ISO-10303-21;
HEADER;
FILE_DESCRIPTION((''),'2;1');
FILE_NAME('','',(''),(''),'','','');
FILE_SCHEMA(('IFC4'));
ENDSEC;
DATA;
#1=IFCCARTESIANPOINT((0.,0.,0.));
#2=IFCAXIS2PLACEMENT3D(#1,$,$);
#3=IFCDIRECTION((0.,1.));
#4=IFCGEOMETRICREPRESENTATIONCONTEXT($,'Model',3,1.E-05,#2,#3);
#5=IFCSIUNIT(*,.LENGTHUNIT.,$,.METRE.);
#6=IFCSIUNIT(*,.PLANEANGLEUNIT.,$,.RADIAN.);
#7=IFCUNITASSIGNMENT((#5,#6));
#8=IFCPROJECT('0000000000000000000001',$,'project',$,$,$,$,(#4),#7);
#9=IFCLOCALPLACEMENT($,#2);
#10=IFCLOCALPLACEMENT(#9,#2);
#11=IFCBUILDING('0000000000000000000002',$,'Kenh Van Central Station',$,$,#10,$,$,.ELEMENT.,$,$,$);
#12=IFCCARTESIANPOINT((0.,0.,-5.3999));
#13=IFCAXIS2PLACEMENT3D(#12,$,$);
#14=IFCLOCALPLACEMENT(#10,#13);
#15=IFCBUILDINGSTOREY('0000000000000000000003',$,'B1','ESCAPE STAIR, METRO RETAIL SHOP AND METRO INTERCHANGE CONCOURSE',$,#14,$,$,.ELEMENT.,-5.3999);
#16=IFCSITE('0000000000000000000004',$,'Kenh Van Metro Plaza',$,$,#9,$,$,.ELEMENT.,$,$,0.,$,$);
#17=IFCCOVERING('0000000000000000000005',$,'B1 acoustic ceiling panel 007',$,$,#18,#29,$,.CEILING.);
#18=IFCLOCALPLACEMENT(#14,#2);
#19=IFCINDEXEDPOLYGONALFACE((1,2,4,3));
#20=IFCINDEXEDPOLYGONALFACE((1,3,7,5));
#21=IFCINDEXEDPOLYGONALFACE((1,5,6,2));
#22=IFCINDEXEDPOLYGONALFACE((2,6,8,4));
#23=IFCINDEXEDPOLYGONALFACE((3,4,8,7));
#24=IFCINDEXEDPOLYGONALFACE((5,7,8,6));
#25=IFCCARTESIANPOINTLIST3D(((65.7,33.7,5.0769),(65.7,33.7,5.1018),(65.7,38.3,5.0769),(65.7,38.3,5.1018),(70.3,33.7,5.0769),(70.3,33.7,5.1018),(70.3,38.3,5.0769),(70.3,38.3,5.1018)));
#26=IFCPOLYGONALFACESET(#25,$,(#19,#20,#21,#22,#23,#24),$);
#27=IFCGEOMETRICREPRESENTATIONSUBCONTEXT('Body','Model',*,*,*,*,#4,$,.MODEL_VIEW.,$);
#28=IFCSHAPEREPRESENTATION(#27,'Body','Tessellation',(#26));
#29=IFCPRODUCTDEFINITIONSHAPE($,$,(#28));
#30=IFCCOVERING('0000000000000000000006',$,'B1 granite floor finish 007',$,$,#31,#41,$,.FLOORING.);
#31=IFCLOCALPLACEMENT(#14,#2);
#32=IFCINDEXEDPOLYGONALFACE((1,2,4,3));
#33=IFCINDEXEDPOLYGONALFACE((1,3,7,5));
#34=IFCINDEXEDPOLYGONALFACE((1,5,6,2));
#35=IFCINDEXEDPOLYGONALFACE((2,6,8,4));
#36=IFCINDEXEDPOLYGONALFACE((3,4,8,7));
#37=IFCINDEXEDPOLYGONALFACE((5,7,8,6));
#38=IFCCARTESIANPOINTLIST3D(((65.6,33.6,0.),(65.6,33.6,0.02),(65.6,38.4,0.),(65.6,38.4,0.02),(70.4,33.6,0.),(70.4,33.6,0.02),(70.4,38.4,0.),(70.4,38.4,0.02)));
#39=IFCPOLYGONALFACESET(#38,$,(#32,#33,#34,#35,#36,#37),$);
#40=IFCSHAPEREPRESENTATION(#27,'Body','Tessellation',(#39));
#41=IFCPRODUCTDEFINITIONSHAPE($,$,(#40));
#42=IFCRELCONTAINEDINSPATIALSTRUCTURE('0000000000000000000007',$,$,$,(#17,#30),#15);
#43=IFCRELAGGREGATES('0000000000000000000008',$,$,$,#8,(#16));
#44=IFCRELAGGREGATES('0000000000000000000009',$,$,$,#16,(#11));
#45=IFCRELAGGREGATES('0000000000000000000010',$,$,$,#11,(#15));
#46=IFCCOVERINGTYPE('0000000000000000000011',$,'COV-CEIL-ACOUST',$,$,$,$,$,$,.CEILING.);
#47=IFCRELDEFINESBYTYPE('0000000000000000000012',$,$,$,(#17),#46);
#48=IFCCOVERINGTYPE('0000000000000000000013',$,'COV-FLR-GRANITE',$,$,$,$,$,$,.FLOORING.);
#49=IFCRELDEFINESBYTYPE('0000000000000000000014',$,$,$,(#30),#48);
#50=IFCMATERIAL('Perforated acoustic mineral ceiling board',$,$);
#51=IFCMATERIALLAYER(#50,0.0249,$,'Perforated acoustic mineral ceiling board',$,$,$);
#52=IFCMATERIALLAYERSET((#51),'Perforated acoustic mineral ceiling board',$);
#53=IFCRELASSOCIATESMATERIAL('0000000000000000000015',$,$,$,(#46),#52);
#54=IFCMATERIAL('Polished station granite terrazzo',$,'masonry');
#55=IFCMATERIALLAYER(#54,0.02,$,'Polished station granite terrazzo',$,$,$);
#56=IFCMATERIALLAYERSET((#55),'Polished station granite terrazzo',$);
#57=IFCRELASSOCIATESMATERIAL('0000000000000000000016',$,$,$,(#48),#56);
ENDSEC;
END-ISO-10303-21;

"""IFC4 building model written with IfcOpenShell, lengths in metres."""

from ifc_helpers import new_model, si_unit, direction, frame, origin, origin_2d, place, context, subcontext, project, spatial, rectangle, extrude, material, layer, layer_set, type_object, element, save


model = new_model("IFC4")

# Units and contexts
model_context = context("Model", 3, precision=1e-05, world=origin(), true_north=direction((0.0, 1.0)))
body_context = subcontext(model_context, "Body", "Model", "MODEL_VIEW")
ifc_project = project(units=[si_unit("LENGTHUNIT", "METRE"), si_unit("PLANEANGLEUNIT", "RADIAN")], contexts=[model_context])

# Site, building, storey
site_placement = place(None, origin())
site = spatial("IfcSite", under=ifc_project, at=site_placement, Name="Kenh Van Metro Plaza", CompositionType="ELEMENT", RefElevation=0.0)
building_placement = place(site_placement, origin())
building = spatial("IfcBuilding", under=site, at=building_placement, Name="Kenh Van Central Station", CompositionType="ELEMENT")
storey_placement = place(building_placement, frame((0.0, 0.0, -5.3999)))
storey = spatial("IfcBuildingStorey", under=building, at=storey_placement, Name="B1", Description="ESCAPE STAIR, METRO RETAIL SHOP AND METRO INTERCHANGE CONCOURSE", CompositionType="ELEMENT", Elevation=-5.3999)

# Coverings
ifc_material_1 = material(Name="Perforated acoustic mineral ceiling board")
ifc_layer_1 = layer(ifc_material_1, 0.0249, Name="Perforated acoustic mineral ceiling board")
ifc_layer_set_1 = layer_set([ifc_layer_1], Name="Perforated acoustic mineral ceiling board")
covering_type_1 = type_object("IfcCoveringType", Name="COV-CEIL-ACOUST", PredefinedType="CEILING", material=ifc_layer_set_1)
covering_1_placement = place(storey_placement, frame((68.0, 36.0, 5.0769), z_axis=(0.0, 0.0, 1.0), x_axis=(1.0, 0.0, 0.0)))
element("IfcCovering", 1, at=covering_1_placement, inside=storey, type_object=covering_type_1, Name="B1 acoustic ceiling panel 007", PredefinedType="CEILING", context=body_context, shape_type="SweptSolid", body=[
    extrude(rectangle(XDim=4.6001, YDim=4.6001, at=origin_2d()), origin(), (0.0, 0.0, 1.0), 0.0249),
])
ifc_material_2 = material(Name="Polished station granite terrazzo", Category="masonry")
ifc_layer_2 = layer(ifc_material_2, 0.02, Name="Polished station granite terrazzo")
ifc_layer_set_2 = layer_set([ifc_layer_2], Name="Polished station granite terrazzo")
covering_type_2 = type_object("IfcCoveringType", Name="COV-FLR-GRANITE", PredefinedType="FLOORING", material=ifc_layer_set_2)
covering_2_placement = place(storey_placement, frame((68.0, 36.0, 0.0), z_axis=(0.0, 0.0, 1.0), x_axis=(1.0, 0.0, 0.0)))
element("IfcCovering", 2, at=covering_2_placement, inside=storey, type_object=covering_type_2, Name="B1 granite floor finish 007", PredefinedType="FLOORING", context=body_context, shape_type="SweptSolid", body=[
    extrude(rectangle(XDim=4.8, YDim=4.8, at=origin_2d()), origin(), (0.0, 0.0, 1.0), 0.02),
])

save(model, "model.ifc")
